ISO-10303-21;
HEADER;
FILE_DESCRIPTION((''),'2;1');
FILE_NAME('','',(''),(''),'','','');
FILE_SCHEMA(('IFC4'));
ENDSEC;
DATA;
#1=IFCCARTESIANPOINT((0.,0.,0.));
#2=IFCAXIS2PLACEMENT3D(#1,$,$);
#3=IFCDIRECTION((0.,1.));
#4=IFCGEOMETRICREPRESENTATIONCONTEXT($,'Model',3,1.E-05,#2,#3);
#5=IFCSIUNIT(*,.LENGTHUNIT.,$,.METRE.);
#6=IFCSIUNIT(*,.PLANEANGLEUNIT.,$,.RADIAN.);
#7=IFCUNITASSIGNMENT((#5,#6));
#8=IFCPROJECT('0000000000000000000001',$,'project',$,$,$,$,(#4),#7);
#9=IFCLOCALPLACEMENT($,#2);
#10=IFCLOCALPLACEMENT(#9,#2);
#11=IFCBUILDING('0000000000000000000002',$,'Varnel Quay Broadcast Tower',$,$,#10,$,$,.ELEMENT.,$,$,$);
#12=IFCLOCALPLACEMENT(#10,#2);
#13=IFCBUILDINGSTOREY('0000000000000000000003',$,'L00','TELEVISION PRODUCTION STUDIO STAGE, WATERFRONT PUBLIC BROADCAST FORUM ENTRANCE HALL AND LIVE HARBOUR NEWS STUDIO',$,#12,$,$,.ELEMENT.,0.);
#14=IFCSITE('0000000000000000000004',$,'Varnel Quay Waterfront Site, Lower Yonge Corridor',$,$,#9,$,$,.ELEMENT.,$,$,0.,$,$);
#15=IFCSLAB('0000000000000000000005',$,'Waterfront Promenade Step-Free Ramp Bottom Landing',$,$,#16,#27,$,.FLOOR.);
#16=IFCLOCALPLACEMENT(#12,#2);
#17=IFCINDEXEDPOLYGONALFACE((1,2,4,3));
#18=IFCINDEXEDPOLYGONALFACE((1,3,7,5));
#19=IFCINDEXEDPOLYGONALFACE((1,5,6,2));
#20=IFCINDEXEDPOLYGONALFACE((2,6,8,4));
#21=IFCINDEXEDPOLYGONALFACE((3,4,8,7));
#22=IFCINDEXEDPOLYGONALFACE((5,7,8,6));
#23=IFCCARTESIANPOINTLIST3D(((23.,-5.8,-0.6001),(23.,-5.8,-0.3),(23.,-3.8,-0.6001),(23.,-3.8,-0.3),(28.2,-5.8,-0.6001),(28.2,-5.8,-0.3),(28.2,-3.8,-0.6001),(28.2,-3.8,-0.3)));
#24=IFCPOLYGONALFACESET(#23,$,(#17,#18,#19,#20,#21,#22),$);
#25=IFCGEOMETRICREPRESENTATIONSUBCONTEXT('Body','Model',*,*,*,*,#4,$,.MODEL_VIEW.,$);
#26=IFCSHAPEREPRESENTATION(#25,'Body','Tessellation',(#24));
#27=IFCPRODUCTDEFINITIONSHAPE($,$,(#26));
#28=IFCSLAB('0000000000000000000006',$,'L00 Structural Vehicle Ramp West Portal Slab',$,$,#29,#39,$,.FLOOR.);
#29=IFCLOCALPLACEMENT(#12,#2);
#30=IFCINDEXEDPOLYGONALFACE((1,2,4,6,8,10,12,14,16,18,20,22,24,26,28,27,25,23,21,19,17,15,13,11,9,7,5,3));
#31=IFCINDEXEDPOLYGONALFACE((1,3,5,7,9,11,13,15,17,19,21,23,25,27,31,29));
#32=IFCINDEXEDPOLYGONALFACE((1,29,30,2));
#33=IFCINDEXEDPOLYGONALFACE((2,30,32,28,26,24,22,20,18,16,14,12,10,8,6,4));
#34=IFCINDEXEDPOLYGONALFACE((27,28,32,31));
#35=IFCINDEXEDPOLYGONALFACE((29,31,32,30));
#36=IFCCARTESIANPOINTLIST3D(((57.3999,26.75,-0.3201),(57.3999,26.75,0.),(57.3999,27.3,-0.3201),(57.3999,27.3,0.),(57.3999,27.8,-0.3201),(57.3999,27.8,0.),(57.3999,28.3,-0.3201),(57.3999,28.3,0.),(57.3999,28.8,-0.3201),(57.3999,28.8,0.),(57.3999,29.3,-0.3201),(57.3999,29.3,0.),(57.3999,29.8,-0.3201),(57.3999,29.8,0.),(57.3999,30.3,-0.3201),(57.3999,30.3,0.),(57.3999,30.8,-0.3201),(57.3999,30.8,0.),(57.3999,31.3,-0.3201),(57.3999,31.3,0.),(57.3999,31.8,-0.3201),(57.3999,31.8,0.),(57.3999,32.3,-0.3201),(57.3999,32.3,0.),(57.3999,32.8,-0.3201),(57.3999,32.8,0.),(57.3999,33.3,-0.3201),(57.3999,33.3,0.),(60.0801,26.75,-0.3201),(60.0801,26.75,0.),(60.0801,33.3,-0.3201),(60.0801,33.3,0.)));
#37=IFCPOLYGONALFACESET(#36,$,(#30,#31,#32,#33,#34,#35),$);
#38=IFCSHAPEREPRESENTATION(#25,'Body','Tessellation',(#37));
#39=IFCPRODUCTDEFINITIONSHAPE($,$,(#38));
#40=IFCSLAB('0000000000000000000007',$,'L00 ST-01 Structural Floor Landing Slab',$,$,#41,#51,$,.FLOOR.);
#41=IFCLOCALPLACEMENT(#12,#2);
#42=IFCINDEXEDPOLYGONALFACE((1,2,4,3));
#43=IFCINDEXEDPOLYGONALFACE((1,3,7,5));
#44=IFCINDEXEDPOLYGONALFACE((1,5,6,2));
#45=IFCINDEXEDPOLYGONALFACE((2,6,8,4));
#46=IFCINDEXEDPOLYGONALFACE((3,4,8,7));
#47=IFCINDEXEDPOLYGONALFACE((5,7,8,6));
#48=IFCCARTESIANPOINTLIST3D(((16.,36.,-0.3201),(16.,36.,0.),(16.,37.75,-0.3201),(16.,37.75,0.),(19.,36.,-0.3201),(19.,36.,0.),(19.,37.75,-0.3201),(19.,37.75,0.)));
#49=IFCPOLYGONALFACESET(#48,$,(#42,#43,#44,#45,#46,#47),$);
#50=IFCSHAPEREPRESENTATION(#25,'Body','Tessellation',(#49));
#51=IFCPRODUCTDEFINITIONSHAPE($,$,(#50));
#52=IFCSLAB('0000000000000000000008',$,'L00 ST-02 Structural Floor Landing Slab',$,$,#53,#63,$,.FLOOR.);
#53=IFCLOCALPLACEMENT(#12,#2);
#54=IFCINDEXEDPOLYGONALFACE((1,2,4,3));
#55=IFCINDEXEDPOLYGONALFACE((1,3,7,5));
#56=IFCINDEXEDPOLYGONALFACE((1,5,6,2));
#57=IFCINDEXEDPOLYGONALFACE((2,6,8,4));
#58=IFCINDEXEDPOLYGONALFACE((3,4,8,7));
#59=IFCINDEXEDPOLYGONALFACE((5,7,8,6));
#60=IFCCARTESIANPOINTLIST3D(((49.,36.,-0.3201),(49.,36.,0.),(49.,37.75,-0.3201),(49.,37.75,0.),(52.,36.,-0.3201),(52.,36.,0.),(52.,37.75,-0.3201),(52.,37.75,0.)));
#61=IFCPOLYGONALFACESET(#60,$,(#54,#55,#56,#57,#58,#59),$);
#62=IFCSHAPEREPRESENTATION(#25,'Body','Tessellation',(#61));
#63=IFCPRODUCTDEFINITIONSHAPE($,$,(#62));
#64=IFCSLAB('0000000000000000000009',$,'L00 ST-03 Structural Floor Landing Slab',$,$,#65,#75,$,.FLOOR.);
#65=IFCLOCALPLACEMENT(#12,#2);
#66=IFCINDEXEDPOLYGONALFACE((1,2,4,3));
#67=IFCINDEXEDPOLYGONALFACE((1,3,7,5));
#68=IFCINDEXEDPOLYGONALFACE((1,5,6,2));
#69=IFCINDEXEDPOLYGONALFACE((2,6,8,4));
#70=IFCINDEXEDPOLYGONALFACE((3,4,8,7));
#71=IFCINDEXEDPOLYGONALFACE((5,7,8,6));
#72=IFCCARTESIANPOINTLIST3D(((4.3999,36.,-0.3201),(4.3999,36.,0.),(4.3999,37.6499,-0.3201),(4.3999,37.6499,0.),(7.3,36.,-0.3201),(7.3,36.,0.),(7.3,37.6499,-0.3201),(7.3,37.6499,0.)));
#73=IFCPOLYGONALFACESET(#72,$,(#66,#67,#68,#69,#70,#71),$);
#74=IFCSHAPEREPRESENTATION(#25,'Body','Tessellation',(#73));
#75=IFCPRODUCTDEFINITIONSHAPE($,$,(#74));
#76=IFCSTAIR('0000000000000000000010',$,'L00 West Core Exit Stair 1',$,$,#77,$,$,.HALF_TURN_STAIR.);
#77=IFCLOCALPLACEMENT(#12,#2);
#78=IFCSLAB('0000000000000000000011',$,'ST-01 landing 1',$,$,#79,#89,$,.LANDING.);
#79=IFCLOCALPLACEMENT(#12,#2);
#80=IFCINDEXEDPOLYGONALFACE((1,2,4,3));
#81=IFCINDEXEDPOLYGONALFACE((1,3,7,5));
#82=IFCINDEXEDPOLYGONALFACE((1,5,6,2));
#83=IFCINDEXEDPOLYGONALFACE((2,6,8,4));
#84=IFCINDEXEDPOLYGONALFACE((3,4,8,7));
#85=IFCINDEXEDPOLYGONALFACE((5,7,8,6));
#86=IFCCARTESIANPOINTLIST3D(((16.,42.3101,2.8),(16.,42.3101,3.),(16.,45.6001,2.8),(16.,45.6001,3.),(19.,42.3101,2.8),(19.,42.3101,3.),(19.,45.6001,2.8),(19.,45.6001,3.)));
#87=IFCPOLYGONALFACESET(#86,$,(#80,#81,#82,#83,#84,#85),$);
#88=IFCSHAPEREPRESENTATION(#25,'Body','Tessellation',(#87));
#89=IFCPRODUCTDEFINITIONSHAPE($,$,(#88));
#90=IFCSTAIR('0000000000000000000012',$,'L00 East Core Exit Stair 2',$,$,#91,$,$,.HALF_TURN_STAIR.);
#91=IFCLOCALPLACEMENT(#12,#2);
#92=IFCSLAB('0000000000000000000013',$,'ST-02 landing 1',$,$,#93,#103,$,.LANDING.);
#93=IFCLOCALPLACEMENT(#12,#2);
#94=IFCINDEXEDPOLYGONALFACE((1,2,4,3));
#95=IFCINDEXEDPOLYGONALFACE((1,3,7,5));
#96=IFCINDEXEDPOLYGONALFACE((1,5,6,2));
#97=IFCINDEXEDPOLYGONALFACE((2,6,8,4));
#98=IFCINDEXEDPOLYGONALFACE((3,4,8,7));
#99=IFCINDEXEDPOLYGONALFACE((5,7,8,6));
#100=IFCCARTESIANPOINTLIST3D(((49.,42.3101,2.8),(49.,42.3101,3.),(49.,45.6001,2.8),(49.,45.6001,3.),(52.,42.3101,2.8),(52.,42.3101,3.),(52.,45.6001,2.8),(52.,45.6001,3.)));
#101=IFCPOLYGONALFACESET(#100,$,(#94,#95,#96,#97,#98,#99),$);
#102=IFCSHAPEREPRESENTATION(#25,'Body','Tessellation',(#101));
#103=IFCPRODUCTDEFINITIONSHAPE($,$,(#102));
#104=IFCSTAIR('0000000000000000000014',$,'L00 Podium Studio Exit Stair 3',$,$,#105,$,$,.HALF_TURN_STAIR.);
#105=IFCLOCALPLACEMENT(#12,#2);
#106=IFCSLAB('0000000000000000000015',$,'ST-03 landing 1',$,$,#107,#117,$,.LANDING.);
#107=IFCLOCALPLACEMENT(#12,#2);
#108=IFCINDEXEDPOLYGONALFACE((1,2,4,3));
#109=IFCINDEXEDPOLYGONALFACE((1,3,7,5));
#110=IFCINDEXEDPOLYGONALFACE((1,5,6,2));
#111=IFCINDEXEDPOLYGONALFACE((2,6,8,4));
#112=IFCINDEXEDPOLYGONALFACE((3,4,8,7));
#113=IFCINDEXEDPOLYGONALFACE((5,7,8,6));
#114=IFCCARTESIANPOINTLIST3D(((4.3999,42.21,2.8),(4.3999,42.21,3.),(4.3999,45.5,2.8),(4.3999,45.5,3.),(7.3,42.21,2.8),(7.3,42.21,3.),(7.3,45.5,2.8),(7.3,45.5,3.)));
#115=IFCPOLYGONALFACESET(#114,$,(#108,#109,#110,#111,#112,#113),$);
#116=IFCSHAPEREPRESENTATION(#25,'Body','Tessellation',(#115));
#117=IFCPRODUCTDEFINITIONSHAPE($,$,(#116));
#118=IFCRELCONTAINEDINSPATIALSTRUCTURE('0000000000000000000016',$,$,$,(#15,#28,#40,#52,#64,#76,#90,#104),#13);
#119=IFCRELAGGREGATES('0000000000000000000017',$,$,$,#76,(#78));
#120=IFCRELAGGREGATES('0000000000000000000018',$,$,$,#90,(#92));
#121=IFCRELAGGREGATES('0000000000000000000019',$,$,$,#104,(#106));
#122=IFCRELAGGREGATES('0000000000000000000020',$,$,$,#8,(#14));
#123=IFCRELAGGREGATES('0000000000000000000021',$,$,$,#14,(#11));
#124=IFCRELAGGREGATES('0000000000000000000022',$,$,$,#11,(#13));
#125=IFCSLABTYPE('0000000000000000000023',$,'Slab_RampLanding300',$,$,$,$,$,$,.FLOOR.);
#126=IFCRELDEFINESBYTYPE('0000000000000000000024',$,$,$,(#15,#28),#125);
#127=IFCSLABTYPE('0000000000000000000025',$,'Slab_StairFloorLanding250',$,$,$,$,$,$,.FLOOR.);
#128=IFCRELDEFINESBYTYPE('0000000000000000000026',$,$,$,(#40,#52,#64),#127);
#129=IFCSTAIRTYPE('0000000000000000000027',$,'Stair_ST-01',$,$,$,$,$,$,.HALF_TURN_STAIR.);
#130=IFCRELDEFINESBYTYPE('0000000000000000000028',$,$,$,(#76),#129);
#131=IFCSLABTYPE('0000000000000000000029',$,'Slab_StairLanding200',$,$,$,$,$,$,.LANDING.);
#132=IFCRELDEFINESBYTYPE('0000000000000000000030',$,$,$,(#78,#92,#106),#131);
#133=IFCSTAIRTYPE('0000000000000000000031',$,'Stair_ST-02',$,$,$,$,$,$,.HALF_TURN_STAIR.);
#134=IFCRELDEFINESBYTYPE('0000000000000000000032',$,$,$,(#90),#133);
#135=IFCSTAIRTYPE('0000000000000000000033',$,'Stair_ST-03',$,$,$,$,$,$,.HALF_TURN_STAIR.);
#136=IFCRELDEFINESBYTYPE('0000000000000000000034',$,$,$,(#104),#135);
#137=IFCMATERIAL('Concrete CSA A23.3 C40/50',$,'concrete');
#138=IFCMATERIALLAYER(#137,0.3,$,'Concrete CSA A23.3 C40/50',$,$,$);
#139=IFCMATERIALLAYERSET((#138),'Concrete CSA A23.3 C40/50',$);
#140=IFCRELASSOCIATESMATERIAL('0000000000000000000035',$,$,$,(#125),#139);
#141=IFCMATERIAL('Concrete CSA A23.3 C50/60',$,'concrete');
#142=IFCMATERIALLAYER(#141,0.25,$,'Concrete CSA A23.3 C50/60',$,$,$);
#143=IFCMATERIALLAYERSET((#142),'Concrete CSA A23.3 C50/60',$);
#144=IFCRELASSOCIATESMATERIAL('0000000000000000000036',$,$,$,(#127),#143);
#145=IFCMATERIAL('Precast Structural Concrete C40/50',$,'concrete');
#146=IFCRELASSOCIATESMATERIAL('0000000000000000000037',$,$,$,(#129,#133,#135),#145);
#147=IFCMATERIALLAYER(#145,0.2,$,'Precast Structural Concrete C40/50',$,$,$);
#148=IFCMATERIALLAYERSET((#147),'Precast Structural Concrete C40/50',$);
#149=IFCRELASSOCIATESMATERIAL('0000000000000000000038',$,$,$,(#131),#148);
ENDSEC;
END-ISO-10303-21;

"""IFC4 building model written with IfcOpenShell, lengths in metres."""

from ifc_helpers import new_model, si_unit, direction, frame, origin, place, context, subcontext, project, spatial, polyline, outline, extrude, material, layer, layer_set, type_object, element, aggregate, save


model = new_model("IFC4")

# Units and contexts
model_context = context("Model", 3, precision=1e-05, world=origin(), true_north=direction((0.0, 1.0)))
body_context = subcontext(model_context, "Body", "Model", "MODEL_VIEW")
ifc_project = project(units=[si_unit("LENGTHUNIT", "METRE"), si_unit("PLANEANGLEUNIT", "RADIAN")], contexts=[model_context])

# Site, building, storey
site_placement = place(None, origin())
site = spatial("IfcSite", under=ifc_project, at=site_placement, Name="Varnel Quay Waterfront Site, Lower Yonge Corridor", CompositionType="ELEMENT", RefElevation=0.0)
building_placement = place(site_placement, origin())
building = spatial("IfcBuilding", under=site, at=building_placement, Name="Varnel Quay Broadcast Tower", CompositionType="ELEMENT")
storey_placement = place(building_placement, origin())
storey = spatial("IfcBuildingStorey", under=building, at=storey_placement, Name="L00", Description="TELEVISION PRODUCTION STUDIO STAGE, WATERFRONT PUBLIC BROADCAST FORUM ENTRANCE HALL AND LIVE HARBOUR NEWS STUDIO", CompositionType="ELEMENT", Elevation=0.0)

# Slabs
ifc_material_1 = material(Name="Concrete CSA A23.3 C50/60", Category="concrete")
ifc_material_2 = material(Name="Concrete CSA A23.3 C40/50", Category="concrete")
ifc_layer_1 = layer(ifc_material_2, 0.3, Name="Concrete CSA A23.3 C40/50")
ifc_layer_set_1 = layer_set([ifc_layer_1], Name="Concrete CSA A23.3 C40/50")
slab_type_1 = type_object("IfcSlabType", Name="Slab_RampLanding300", PredefinedType="FLOOR", material=ifc_layer_set_1)
slab_1_placement = place(storey_placement, frame((0.0, 0.0, -0.6001)))
element("IfcSlab", 1, at=slab_1_placement, inside=storey, type_object=slab_type_1, Name="Waterfront Promenade Step-Free Ramp Bottom Landing", PredefinedType="FLOOR", context=body_context, shape_type="SweptSolid", body=[
    extrude(outline(polyline([(23.0, -5.8), (28.2, -5.8), (28.2, -3.8), (23.0, -3.8), (23.0, -5.8)])), origin(), (0.0, 0.0, 1.0), 0.3),
])
slab_2_placement = place(storey_placement, frame((0.0, 0.0, -0.3201)))
element("IfcSlab", 2, at=slab_2_placement, inside=storey, type_object=slab_type_1, Name="L00 Structural Vehicle Ramp West Portal Slab", PredefinedType="FLOOR", context=body_context, shape_type="SweptSolid", body=[
    extrude(outline(polyline([(57.3999, 26.75), (60.0801, 26.75), (60.0801, 33.3), (57.3999, 33.3), (57.3999, 32.8), (57.3999, 32.3), (57.3999, 31.8), (57.3999, 31.3), (57.3999, 30.8), (57.3999, 30.3), (57.3999, 29.8), (57.3999, 29.3), (57.3999, 28.8), (57.3999, 28.3), (57.3999, 27.8), (57.3999, 27.3), (57.3999, 26.75)])), origin(), (0.0, 0.0, 1.0), 0.3201),
])
ifc_layer_2 = layer(ifc_material_1, 0.25, Name="Concrete CSA A23.3 C50/60")
ifc_layer_set_2 = layer_set([ifc_layer_2], Name="Concrete CSA A23.3 C50/60")
slab_type_2 = type_object("IfcSlabType", Name="Slab_StairFloorLanding250", PredefinedType="FLOOR", material=ifc_layer_set_2)
slab_3_placement = place(storey_placement, frame((0.0, 0.0, -0.3201)))
element("IfcSlab", 3, at=slab_3_placement, inside=storey, type_object=slab_type_2, Name="L00 ST-01 Structural Floor Landing Slab", PredefinedType="FLOOR", context=body_context, shape_type="SweptSolid", body=[
    extrude(outline(polyline([(19.0, 36.0), (19.0, 37.75), (16.0, 37.75), (16.0, 36.0), (19.0, 36.0)])), origin(), (0.0, 0.0, 1.0), 0.3201),
])
slab_4_placement = place(storey_placement, frame((0.0, 0.0, -0.3201)))
element("IfcSlab", 4, at=slab_4_placement, inside=storey, type_object=slab_type_2, Name="L00 ST-02 Structural Floor Landing Slab", PredefinedType="FLOOR", context=body_context, shape_type="SweptSolid", body=[
    extrude(outline(polyline([(52.0, 36.0), (52.0, 37.75), (49.0, 37.75), (49.0, 36.0), (52.0, 36.0)])), origin(), (0.0, 0.0, 1.0), 0.3201),
])
slab_5_placement = place(storey_placement, frame((0.0, 0.0, -0.3201)))
element("IfcSlab", 5, at=slab_5_placement, inside=storey, type_object=slab_type_2, Name="L00 ST-03 Structural Floor Landing Slab", PredefinedType="FLOOR", context=body_context, shape_type="SweptSolid", body=[
    extrude(outline(polyline([(7.3, 36.0), (7.3, 37.6499), (4.3999, 37.6499), (4.3999, 36.0), (7.3, 36.0)])), origin(), (0.0, 0.0, 1.0), 0.3201),
])

# Stairs, slabs
ifc_material_3 = material(Name="Precast Structural Concrete C40/50", Category="concrete")
stair_type_1 = type_object("IfcStairType", Name="Stair_ST-01", PredefinedType="HALF_TURN_STAIR", material=ifc_material_3)
stair_1_placement = place(storey_placement, origin())
stair_1 = element("IfcStair", 6, at=stair_1_placement, inside=storey, type_object=stair_type_1, Name="L00 West Core Exit Stair 1", PredefinedType="HALF_TURN_STAIR")
ifc_layer_3 = layer(ifc_material_3, 0.2, Name="Precast Structural Concrete C40/50")
ifc_layer_set_3 = layer_set([ifc_layer_3], Name="Precast Structural Concrete C40/50")
slab_type_3 = type_object("IfcSlabType", Name="Slab_StairLanding200", PredefinedType="LANDING", material=ifc_layer_set_3)
slab_6_placement = place(storey_placement, frame((0.0, 0.0, 2.8)))
slab_6 = element("IfcSlab", 7, at=slab_6_placement, type_object=slab_type_3, Name="ST-01 landing 1", PredefinedType="LANDING", context=body_context, shape_type="SweptSolid", body=[
    extrude(outline(polyline([(19.0, 42.3101), (19.0, 45.6001), (16.0, 45.6001), (16.0, 42.3101), (19.0, 42.3101)])), origin(), (0.0, 0.0, 1.0), 0.2),
])
aggregate(stair_1, [slab_6])
stair_type_2 = type_object("IfcStairType", Name="Stair_ST-02", PredefinedType="HALF_TURN_STAIR", material=ifc_material_3)
stair_2_placement = place(storey_placement, origin())
stair_2 = element("IfcStair", 8, at=stair_2_placement, inside=storey, type_object=stair_type_2, Name="L00 East Core Exit Stair 2", PredefinedType="HALF_TURN_STAIR")
slab_7_placement = place(storey_placement, frame((0.0, 0.0, 2.8)))
slab_7 = element("IfcSlab", 9, at=slab_7_placement, type_object=slab_type_3, Name="ST-02 landing 1", PredefinedType="LANDING", context=body_context, shape_type="SweptSolid", body=[
    extrude(outline(polyline([(52.0, 42.3101), (52.0, 45.6001), (49.0, 45.6001), (49.0, 42.3101), (52.0, 42.3101)])), origin(), (0.0, 0.0, 1.0), 0.2),
])
aggregate(stair_2, [slab_7])
stair_type_3 = type_object("IfcStairType", Name="Stair_ST-03", PredefinedType="HALF_TURN_STAIR", material=ifc_material_3)
stair_3_placement = place(storey_placement, origin())
stair_3 = element("IfcStair", 10, at=stair_3_placement, inside=storey, type_object=stair_type_3, Name="L00 Podium Studio Exit Stair 3", PredefinedType="HALF_TURN_STAIR")
slab_8_placement = place(storey_placement, frame((0.0, 0.0, 2.8)))
slab_8 = element("IfcSlab", 11, at=slab_8_placement, type_object=slab_type_3, Name="ST-03 landing 1", PredefinedType="LANDING", context=body_context, shape_type="SweptSolid", body=[
    extrude(outline(polyline([(7.3, 42.21), (7.3, 45.5), (4.3999, 45.5), (4.3999, 42.21), (7.3, 42.21)])), origin(), (0.0, 0.0, 1.0), 0.2),
])
aggregate(stair_3, [slab_8])

save(model, "model.ifc")
